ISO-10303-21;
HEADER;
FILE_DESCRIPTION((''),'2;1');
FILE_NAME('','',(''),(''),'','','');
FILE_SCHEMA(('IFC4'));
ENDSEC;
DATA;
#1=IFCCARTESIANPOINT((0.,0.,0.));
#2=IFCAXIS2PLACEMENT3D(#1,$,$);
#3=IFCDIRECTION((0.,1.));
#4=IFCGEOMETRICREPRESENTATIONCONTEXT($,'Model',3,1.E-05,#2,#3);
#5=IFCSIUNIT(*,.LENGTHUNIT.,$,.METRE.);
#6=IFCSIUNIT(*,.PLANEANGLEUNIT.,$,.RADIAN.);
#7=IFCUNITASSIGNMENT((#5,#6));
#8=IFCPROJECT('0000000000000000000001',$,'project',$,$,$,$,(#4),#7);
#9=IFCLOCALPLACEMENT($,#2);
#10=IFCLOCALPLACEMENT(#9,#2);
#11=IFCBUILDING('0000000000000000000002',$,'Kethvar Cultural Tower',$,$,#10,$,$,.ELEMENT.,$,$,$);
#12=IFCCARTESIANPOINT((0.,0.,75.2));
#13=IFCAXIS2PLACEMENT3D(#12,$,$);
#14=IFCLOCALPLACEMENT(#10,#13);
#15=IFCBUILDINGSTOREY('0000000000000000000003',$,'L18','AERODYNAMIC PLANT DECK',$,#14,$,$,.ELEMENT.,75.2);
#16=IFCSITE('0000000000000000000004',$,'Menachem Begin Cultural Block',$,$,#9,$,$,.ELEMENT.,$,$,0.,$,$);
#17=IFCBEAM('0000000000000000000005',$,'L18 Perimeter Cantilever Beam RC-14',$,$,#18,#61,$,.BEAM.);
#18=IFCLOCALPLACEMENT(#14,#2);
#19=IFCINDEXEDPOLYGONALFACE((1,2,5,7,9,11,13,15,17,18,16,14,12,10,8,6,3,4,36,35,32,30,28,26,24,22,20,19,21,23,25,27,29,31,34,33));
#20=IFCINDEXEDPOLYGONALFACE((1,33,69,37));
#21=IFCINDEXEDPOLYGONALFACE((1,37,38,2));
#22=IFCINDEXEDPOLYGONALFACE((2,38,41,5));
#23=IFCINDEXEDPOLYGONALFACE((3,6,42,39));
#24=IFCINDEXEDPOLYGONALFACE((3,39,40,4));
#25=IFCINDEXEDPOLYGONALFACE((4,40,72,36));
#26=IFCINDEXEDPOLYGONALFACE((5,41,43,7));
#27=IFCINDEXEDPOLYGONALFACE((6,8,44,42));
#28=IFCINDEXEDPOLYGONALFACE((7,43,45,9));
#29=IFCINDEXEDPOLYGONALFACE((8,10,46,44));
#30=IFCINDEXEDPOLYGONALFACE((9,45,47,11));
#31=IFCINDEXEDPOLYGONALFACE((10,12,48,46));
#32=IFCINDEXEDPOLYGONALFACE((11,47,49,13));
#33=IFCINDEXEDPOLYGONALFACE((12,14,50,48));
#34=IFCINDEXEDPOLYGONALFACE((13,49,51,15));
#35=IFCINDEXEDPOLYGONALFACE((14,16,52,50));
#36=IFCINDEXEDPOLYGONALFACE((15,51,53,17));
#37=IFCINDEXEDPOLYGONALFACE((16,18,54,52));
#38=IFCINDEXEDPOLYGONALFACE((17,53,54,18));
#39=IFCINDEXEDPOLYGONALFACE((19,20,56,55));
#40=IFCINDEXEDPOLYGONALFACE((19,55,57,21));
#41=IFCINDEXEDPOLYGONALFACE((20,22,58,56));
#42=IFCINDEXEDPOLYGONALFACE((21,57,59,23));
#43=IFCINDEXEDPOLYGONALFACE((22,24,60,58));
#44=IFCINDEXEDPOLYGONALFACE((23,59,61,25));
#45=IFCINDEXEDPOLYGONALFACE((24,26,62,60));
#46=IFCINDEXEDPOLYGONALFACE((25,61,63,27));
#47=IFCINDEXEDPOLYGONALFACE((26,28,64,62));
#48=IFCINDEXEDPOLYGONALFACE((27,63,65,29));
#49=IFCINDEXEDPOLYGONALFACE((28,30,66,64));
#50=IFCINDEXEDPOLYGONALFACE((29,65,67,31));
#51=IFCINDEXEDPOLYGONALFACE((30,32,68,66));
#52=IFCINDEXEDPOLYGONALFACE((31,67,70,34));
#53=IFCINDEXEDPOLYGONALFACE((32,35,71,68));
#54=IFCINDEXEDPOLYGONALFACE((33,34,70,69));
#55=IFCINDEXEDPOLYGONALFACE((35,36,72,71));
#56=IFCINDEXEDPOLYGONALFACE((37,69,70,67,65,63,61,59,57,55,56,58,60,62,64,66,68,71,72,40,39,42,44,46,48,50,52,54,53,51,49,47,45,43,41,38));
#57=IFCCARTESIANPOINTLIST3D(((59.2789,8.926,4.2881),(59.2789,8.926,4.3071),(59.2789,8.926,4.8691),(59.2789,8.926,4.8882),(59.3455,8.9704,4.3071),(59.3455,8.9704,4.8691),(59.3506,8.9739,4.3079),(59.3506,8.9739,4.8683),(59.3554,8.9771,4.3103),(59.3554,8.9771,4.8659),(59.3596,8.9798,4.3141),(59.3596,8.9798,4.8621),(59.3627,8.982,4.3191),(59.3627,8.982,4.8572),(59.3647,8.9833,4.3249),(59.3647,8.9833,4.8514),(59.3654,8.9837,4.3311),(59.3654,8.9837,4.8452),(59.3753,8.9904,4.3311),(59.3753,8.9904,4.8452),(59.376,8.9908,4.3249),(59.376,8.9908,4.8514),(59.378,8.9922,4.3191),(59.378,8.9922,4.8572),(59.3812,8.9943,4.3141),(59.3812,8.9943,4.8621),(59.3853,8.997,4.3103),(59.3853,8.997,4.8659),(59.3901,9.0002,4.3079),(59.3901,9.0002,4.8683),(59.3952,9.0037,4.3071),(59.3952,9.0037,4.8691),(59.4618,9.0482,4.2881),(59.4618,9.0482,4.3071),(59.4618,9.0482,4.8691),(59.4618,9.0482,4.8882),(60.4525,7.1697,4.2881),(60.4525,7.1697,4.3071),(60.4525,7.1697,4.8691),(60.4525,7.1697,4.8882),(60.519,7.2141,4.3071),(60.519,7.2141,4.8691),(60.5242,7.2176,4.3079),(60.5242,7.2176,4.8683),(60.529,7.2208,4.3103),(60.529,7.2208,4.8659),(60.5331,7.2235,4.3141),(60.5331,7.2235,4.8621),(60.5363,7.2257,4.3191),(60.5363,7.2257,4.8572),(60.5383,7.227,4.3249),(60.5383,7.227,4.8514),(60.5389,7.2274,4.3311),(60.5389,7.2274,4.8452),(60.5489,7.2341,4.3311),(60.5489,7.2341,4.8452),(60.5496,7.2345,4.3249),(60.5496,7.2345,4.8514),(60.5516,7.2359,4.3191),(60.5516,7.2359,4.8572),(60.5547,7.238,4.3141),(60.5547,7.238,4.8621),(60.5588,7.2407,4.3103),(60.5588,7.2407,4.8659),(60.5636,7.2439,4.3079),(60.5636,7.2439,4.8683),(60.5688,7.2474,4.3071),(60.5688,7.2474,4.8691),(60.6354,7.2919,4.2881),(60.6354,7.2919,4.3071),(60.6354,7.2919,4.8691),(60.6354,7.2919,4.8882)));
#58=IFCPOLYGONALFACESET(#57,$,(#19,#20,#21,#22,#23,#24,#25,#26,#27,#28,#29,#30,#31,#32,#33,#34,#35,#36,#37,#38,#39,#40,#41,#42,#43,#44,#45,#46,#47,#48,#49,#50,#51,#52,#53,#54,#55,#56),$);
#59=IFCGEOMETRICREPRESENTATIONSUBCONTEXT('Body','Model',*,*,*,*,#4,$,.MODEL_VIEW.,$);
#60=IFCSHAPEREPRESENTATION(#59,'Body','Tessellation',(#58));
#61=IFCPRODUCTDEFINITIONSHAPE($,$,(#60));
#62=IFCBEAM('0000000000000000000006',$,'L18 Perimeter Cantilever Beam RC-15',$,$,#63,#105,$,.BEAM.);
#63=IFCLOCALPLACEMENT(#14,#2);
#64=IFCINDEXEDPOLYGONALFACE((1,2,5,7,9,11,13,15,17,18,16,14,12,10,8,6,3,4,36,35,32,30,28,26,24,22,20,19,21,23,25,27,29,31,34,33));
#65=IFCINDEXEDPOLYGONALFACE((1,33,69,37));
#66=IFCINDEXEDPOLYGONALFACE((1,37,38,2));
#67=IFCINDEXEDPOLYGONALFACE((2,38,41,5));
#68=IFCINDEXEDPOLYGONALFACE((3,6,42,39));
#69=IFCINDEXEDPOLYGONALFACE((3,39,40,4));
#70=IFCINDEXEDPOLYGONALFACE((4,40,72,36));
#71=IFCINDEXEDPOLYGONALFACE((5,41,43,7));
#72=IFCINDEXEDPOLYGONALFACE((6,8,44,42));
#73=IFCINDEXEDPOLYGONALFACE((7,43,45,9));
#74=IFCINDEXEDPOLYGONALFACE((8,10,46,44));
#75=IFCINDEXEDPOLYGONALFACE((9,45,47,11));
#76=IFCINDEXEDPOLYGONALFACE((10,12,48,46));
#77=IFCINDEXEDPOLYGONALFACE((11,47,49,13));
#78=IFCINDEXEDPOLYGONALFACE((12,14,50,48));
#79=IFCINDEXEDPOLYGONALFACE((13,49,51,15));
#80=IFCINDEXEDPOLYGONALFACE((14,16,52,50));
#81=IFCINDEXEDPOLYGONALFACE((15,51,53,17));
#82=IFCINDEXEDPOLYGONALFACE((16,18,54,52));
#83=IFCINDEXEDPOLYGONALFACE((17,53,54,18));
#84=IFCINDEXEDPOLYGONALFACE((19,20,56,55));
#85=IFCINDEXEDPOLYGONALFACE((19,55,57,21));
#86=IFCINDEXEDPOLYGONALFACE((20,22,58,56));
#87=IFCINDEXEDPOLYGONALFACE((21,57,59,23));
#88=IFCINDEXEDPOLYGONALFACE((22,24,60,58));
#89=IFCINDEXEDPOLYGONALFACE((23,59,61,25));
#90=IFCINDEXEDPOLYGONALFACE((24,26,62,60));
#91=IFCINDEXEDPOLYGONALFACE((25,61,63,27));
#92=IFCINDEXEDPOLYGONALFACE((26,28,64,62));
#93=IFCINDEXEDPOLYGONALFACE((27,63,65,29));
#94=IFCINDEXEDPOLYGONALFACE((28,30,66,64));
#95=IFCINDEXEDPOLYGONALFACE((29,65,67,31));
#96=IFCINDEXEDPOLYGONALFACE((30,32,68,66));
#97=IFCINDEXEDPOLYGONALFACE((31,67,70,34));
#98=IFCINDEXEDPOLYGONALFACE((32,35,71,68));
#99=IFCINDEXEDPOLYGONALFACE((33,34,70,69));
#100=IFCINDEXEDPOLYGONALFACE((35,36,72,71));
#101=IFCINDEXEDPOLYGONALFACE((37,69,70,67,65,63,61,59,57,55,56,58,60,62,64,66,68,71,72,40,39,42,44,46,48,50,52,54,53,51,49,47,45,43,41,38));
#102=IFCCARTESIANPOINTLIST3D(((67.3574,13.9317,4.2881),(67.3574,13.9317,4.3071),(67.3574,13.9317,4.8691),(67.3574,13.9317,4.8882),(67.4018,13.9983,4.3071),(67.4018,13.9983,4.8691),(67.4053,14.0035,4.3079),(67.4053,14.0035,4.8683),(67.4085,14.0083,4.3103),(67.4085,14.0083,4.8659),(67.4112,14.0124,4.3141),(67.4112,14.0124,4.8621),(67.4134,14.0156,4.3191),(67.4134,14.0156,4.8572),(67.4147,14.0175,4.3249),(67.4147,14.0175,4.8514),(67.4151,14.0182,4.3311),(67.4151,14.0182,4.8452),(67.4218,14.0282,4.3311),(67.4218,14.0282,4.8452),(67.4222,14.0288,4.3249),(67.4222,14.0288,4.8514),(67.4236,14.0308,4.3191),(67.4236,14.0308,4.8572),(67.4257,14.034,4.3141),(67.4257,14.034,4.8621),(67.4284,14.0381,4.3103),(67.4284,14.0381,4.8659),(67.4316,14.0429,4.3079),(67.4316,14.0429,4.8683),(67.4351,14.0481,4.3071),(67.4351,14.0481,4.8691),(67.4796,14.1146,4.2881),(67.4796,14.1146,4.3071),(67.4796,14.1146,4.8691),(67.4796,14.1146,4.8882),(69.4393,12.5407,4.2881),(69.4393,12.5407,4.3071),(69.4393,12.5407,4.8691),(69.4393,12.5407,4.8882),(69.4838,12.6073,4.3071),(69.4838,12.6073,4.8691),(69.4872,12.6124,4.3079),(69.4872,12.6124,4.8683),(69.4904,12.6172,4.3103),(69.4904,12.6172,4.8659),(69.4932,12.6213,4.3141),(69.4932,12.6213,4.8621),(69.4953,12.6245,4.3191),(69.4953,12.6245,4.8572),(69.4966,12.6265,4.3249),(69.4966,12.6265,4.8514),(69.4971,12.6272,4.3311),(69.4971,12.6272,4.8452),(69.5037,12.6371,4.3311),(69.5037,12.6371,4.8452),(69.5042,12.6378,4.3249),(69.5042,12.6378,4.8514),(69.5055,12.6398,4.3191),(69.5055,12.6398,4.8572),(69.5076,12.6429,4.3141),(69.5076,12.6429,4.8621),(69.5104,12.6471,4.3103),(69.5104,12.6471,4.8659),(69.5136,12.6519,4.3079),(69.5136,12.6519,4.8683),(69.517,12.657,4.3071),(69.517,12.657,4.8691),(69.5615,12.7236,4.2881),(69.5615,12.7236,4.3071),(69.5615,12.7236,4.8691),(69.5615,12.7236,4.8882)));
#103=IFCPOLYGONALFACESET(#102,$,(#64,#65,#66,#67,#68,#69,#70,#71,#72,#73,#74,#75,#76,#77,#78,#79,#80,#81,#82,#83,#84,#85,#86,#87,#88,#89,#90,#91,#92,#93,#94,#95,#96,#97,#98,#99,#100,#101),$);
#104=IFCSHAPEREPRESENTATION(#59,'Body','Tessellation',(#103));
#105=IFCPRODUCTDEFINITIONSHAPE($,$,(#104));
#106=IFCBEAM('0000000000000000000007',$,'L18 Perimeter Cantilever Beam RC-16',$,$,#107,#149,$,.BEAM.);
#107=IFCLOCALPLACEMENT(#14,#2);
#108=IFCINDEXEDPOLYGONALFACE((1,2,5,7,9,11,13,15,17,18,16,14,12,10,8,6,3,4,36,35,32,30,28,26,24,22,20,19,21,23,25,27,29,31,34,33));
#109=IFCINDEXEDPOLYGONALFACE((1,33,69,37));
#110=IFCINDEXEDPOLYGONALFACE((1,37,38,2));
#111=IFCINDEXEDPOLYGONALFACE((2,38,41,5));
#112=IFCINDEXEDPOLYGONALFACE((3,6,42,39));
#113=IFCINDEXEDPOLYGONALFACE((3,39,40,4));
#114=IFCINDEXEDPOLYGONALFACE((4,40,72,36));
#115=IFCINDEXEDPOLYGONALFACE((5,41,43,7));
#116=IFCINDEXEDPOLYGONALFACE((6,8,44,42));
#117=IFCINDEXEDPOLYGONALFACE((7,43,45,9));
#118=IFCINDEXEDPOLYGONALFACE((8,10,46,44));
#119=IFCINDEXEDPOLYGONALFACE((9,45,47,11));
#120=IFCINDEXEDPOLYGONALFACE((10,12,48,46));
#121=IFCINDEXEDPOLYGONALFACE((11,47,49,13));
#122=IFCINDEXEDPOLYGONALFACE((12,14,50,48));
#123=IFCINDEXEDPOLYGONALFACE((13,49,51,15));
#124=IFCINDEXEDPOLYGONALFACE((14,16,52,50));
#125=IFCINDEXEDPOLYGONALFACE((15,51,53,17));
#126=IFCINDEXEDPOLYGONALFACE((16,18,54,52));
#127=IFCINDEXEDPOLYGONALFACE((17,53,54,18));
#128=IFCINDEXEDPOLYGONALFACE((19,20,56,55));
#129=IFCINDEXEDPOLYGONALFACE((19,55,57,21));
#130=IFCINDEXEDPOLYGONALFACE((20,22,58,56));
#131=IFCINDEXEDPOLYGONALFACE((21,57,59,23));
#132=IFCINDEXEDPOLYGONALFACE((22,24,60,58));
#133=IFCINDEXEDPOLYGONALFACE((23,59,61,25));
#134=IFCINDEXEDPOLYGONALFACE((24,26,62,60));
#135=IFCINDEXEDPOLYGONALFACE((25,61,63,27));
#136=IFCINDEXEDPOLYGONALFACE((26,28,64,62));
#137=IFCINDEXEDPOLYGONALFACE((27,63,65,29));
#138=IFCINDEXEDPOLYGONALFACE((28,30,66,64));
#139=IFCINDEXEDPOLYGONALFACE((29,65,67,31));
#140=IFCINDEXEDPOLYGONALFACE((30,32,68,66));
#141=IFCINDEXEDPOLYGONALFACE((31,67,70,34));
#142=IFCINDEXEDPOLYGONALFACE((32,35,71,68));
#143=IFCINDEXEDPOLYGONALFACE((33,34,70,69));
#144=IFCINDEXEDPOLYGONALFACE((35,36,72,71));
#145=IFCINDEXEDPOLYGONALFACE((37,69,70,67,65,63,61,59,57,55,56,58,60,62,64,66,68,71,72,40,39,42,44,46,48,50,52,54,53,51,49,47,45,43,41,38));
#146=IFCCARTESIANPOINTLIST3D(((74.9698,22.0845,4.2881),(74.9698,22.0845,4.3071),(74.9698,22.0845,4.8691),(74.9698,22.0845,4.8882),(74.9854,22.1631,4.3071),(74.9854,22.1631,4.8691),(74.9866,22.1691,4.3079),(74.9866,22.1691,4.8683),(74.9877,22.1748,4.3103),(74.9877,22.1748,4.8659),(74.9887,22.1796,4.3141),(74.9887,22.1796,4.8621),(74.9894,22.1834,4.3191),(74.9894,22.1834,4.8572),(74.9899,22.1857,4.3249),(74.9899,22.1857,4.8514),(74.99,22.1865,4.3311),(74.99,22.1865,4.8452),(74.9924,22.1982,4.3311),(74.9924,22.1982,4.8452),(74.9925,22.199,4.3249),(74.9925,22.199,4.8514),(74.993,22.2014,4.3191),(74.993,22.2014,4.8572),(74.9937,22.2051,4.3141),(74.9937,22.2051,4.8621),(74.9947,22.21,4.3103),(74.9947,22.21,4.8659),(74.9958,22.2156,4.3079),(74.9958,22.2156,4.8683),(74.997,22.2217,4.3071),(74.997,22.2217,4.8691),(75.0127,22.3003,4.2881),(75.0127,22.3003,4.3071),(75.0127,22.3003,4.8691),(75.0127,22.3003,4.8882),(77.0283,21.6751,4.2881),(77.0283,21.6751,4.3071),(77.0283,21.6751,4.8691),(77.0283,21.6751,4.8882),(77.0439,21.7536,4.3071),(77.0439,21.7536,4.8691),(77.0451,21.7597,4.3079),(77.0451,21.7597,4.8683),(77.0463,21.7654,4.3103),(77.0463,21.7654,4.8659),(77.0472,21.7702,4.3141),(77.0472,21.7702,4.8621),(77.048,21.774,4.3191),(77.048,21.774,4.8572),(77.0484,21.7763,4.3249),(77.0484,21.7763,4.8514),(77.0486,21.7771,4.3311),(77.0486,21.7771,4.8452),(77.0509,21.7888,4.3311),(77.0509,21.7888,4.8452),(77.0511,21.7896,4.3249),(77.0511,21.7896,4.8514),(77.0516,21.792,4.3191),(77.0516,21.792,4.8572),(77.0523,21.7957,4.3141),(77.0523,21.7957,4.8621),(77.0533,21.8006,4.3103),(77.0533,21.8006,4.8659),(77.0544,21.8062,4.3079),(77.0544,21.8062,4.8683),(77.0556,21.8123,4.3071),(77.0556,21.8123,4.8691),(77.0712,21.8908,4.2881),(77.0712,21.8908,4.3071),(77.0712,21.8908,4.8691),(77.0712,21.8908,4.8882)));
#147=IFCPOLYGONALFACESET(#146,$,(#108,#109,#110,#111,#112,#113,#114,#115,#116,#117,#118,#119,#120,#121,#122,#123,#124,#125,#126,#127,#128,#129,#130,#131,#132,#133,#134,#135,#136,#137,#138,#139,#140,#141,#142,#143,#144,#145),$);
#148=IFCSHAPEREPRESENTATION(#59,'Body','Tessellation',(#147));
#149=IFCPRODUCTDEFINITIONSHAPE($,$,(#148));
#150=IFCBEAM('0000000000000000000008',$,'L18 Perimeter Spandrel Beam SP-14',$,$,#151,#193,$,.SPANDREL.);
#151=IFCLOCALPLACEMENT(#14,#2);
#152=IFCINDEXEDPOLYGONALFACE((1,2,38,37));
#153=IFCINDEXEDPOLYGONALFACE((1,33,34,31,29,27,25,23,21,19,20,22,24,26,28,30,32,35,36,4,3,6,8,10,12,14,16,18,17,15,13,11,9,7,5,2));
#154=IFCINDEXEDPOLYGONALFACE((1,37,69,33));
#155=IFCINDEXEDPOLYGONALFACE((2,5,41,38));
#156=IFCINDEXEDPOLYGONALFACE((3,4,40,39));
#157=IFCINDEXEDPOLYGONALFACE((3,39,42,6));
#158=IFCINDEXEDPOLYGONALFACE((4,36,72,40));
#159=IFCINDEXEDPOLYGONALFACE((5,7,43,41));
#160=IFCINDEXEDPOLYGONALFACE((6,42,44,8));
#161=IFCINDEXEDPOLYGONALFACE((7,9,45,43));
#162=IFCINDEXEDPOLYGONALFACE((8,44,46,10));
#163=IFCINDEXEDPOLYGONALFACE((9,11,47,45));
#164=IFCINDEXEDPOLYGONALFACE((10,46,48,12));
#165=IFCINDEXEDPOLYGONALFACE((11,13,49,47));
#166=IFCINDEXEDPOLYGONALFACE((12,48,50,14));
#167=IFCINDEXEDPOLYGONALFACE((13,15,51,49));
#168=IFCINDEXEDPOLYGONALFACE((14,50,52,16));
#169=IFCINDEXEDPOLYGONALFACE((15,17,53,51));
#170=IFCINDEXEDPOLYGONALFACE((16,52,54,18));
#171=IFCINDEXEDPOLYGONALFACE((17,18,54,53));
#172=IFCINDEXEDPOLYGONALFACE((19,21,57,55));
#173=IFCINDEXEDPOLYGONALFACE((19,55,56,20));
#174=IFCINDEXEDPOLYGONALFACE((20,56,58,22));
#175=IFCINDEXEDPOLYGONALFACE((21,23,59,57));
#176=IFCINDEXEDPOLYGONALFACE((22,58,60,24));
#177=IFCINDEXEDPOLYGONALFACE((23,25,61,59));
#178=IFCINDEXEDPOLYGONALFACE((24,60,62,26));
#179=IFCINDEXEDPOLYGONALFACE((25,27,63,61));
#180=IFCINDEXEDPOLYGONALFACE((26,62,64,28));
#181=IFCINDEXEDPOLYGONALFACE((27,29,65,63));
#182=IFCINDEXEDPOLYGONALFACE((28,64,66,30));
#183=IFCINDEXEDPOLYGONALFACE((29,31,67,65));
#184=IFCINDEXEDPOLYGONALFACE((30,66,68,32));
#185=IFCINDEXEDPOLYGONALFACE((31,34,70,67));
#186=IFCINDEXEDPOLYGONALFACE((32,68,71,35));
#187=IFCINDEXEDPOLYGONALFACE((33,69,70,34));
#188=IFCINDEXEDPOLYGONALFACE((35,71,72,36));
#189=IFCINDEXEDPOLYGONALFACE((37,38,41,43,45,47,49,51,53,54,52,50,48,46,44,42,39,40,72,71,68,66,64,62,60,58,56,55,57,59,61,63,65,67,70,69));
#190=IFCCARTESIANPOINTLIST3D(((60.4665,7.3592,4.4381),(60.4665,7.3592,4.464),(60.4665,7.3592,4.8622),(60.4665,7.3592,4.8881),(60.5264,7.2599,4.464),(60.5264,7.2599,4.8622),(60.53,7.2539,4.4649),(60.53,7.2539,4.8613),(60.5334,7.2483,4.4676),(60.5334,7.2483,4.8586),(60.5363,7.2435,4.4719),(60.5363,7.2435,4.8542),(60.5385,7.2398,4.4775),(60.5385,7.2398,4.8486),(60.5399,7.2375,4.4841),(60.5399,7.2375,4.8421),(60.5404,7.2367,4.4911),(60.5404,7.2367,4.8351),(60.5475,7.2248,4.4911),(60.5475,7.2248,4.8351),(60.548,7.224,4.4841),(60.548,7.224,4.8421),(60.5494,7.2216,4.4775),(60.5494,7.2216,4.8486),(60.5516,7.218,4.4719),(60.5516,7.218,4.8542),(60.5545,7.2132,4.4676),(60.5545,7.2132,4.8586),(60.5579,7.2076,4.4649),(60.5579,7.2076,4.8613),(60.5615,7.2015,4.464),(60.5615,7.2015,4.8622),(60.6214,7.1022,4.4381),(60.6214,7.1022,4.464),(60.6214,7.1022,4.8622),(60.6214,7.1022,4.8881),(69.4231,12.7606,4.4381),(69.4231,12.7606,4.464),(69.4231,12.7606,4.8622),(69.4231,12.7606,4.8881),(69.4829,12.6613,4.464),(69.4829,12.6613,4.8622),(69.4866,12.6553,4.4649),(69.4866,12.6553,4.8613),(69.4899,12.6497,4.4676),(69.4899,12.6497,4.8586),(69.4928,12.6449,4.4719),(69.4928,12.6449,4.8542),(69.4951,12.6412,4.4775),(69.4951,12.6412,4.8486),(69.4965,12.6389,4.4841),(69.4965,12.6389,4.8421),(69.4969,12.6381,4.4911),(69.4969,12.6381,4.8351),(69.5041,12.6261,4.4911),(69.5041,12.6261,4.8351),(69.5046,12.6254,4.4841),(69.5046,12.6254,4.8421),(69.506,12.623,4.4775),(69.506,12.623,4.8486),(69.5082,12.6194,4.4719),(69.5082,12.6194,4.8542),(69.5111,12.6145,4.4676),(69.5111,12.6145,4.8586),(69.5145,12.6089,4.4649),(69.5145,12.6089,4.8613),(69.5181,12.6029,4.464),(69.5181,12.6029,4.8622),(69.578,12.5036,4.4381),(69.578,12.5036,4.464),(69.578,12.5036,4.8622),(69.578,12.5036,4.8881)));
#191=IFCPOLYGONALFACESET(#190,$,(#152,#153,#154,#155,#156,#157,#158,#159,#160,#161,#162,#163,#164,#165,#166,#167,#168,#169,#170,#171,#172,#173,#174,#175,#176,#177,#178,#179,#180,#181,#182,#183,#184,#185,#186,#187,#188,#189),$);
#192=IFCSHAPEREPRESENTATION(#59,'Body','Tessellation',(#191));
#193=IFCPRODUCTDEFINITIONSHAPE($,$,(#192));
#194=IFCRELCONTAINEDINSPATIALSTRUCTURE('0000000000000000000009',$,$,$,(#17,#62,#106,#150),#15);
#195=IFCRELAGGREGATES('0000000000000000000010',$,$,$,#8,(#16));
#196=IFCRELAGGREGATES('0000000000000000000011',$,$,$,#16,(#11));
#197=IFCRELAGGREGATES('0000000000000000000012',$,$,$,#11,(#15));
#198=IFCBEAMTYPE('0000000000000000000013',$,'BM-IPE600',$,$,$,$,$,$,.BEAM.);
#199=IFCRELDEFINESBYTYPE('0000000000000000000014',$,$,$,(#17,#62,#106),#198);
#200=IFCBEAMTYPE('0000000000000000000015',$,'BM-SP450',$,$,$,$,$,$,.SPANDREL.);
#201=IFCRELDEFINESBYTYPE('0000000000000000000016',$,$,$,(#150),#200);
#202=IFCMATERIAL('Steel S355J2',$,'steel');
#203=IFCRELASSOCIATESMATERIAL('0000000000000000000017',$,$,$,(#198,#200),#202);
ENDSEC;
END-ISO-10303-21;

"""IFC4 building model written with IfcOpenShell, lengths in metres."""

from ifc_helpers import new_model, si_unit, direction, frame, origin, origin_2d, place, context, subcontext, project, spatial, i_section, extrude, source, transform, mapped, material, material_profile, profile_set, type_object, element, save


model = new_model("IFC4")

# Units and contexts
model_context = context("Model", 3, precision=1e-05, world=origin(), true_north=direction((0.0, 1.0)))
body_context = subcontext(model_context, "Body", "Model", "MODEL_VIEW")
ifc_project = project(units=[si_unit("LENGTHUNIT", "METRE"), si_unit("PLANEANGLEUNIT", "RADIAN")], contexts=[model_context])

# Site, building, storey
site_placement = place(None, origin())
site = spatial("IfcSite", under=ifc_project, at=site_placement, Name="Menachem Begin Cultural Block", CompositionType="ELEMENT", RefElevation=0.0)
building_placement = place(site_placement, origin())
building = spatial("IfcBuilding", under=site, at=building_placement, Name="Kethvar Cultural Tower", CompositionType="ELEMENT")
storey_placement = place(building_placement, frame((0.0, 0.0, 75.2)))
storey = spatial("IfcBuildingStorey", under=building, at=storey_placement, Name="L18", Description="AERODYNAMIC PLANT DECK", CompositionType="ELEMENT", Elevation=75.2)

# Beams
ifc_material_1 = material(Name="Steel S355J2", Category="steel")
ifc_material_profile_1 = material_profile(ifc_material_1, i_section(OverallWidth=0.22, OverallDepth=0.6001, WebThickness=0.012, FlangeThickness=0.019, FilletRadius=0.0239, at=origin_2d()), Name="Steel S355J2 — IPE600")
ifc_profile_set_1 = profile_set([ifc_material_profile_1], Name="Steel S355J2 — IPE600")
beam_type_1 = type_object("IfcBeamType", Name="BM-IPE600", PredefinedType="BEAM", material=ifc_profile_set_1)
shared_shape_1 = source(origin(), body_context, "Body", "SweptSolid", [
    extrude(i_section(OverallWidth=0.22, OverallDepth=0.6001, WebThickness=0.012, FlangeThickness=0.019, FilletRadius=0.0239, at=origin_2d()), origin(), (0.0, 0.0, 1.0), 2.1123),
])
beam_1_placement = place(storey_placement, frame((59.3704, 8.9871, 4.5881), z_axis=(0.55558, -0.831463, 0.0), x_axis=(0.831463, 0.55558, 0.0)))
element("IfcBeam", 1, at=beam_1_placement, inside=storey, type_object=beam_type_1, Name="L18 Perimeter Cantilever Beam RC-14", PredefinedType="BEAM", context=body_context, shape_type="MappedRepresentation", body=[
    mapped(shared_shape_1, transform((0.0, 0.0, 0.0), scale=1.0)),
])
shared_shape_2 = source(origin(), body_context, "Body", "SweptSolid", [
    extrude(i_section(OverallWidth=0.22, OverallDepth=0.6001, WebThickness=0.012, FlangeThickness=0.019, FilletRadius=0.0239, at=origin_2d()), origin(), (0.0, 0.0, 1.0), 2.5039),
])
beam_2_placement = place(storey_placement, frame((67.4185, 14.0232, 4.5881), z_axis=(0.83148, -0.555555, 0.0), x_axis=(0.555555, 0.83148, 0.0)))
element("IfcBeam", 2, at=beam_2_placement, inside=storey, type_object=beam_type_1, Name="L18 Perimeter Cantilever Beam RC-15", PredefinedType="BEAM", context=body_context, shape_type="MappedRepresentation", body=[
    mapped(shared_shape_2, transform((0.0, 0.0, 0.0), scale=1.0)),
])
shared_shape_3 = source(origin(), body_context, "Body", "SweptSolid", [
    extrude(i_section(OverallWidth=0.22, OverallDepth=0.6001, WebThickness=0.012, FlangeThickness=0.019, FilletRadius=0.0239, at=origin_2d()), origin(), (0.0, 0.0, 1.0), 2.0989),
])
beam_3_placement = place(storey_placement, frame((74.9912, 22.1924, 4.5881), z_axis=(0.98079, -0.195065, 0.0), x_axis=(0.195065, 0.98079, 0.0)))
element("IfcBeam", 3, at=beam_3_placement, inside=storey, type_object=beam_type_1, Name="L18 Perimeter Cantilever Beam RC-16", PredefinedType="BEAM", context=body_context, shape_type="MappedRepresentation", body=[
    mapped(shared_shape_3, transform((0.0, 0.0, 0.0), scale=1.0)),
])
ifc_material_profile_2 = material_profile(ifc_material_1, i_section(OverallWidth=0.3, OverallDepth=0.45, WebThickness=0.0139, FlangeThickness=0.0259, FilletRadius=0.0271, at=origin_2d()), Name="Steel S355J2 — HEB450")
ifc_profile_set_2 = profile_set([ifc_material_profile_2], Name="Steel S355J2 — HEB450")
beam_type_2 = type_object("IfcBeamType", Name="BM-SP450", PredefinedType="SPANDREL", material=ifc_profile_set_2)
shared_shape_4 = source(origin(), body_context, "Body", "SweptSolid", [
    extrude(i_section(OverallWidth=0.3, OverallDepth=0.45, WebThickness=0.0139, FlangeThickness=0.0259, FilletRadius=0.0271, at=origin_2d()), origin(), (0.0, 0.0, 1.0), 10.4592),
])
beam_4_placement = place(storey_placement, frame((60.5439, 7.2307, 4.6631), z_axis=(0.856333, 0.516424, 0.0), x_axis=(-0.516424, 0.856333, 0.0)))
element("IfcBeam", 4, at=beam_4_placement, inside=storey, type_object=beam_type_2, Name="L18 Perimeter Spandrel Beam SP-14", PredefinedType="SPANDREL", context=body_context, shape_type="MappedRepresentation", body=[
    mapped(shared_shape_4, transform((0.0, 0.0, 0.0), scale=1.0)),
])

save(model, "model.ifc")
